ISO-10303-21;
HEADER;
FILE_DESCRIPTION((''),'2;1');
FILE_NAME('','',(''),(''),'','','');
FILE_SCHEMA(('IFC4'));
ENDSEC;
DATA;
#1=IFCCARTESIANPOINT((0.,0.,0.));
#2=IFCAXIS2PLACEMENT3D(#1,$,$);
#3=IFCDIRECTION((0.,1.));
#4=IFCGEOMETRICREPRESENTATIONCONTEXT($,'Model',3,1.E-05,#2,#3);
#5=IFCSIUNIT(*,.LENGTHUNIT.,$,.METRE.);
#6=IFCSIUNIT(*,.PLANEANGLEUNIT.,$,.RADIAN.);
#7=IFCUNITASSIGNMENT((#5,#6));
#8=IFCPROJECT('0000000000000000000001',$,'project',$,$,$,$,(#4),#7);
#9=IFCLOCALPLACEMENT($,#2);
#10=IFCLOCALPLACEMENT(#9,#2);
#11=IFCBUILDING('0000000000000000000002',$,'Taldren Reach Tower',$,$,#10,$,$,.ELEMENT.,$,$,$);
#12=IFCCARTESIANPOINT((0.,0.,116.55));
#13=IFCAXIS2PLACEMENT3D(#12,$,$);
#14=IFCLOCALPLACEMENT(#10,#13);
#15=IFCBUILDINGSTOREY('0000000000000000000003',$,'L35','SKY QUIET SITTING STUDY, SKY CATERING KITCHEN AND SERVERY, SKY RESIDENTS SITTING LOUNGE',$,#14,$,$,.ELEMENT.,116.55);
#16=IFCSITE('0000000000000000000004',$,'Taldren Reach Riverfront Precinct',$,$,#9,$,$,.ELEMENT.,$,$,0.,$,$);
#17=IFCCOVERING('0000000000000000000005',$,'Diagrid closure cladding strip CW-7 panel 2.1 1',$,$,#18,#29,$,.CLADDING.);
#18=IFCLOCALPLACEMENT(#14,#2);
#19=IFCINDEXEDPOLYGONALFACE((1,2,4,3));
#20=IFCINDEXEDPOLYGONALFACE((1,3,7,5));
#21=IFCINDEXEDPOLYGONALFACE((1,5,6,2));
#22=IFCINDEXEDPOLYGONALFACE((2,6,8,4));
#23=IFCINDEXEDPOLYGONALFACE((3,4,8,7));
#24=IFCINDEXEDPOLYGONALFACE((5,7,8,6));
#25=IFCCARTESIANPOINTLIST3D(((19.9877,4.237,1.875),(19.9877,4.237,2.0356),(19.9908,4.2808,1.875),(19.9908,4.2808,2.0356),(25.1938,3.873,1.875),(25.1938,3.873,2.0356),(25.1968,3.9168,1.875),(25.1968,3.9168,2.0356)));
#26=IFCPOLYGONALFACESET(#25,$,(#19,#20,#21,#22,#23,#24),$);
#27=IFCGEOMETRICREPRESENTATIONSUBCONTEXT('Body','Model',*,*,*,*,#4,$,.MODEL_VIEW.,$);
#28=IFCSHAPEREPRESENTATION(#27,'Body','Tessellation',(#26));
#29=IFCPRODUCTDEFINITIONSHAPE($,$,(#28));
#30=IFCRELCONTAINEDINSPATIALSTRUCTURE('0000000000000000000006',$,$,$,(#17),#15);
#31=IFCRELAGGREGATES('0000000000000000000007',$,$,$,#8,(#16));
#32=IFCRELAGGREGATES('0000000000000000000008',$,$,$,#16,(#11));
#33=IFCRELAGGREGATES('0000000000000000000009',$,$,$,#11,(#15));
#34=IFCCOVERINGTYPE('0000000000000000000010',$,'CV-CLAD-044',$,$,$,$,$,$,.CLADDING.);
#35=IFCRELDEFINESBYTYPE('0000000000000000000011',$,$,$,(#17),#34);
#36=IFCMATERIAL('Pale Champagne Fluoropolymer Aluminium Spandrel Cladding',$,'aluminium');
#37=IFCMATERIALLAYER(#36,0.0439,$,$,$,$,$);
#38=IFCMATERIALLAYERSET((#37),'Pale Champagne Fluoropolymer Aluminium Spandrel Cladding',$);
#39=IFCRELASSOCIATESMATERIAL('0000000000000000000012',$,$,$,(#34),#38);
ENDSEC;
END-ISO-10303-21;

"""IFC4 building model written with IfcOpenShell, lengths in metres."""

from ifc_helpers import new_model, si_unit, direction, frame, origin, origin_2d, place, context, subcontext, project, spatial, rectangle, extrude, source, transform, mapped, material, layer, layer_set, type_object, element, save


model = new_model("IFC4")

# Units and contexts
model_context = context("Model", 3, precision=1e-05, world=origin(), true_north=direction((0.0, 1.0)))
body_context = subcontext(model_context, "Body", "Model", "MODEL_VIEW")
ifc_project = project(units=[si_unit("LENGTHUNIT", "METRE"), si_unit("PLANEANGLEUNIT", "RADIAN")], contexts=[model_context])

# Site, building, storey
site_placement = place(None, origin())
site = spatial("IfcSite", under=ifc_project, at=site_placement, Name="Taldren Reach Riverfront Precinct", CompositionType="ELEMENT", RefElevation=0.0)
building_placement = place(site_placement, origin())
building = spatial("IfcBuilding", under=site, at=building_placement, Name="Taldren Reach Tower", CompositionType="ELEMENT")
storey_placement = place(building_placement, frame((0.0, 0.0, 116.55)))
storey = spatial("IfcBuildingStorey", under=building, at=storey_placement, Name="L35", Description="SKY QUIET SITTING STUDY, SKY CATERING KITCHEN AND SERVERY, SKY RESIDENTS SITTING LOUNGE", CompositionType="ELEMENT", Elevation=116.55)

# Covering
ifc_material_1 = material(Name="Pale Champagne Fluoropolymer Aluminium Spandrel Cladding", Category="aluminium")
ifc_layer_1 = layer(ifc_material_1, 0.0439)
ifc_layer_set_1 = layer_set([ifc_layer_1], Name="Pale Champagne Fluoropolymer Aluminium Spandrel Cladding")
covering_type_1 = type_object("IfcCoveringType", Name="CV-CLAD-044", PredefinedType="CLADDING", material=ifc_layer_set_1)
shared_shape_1 = source(origin(), body_context, "Body", "SweptSolid", [
    extrude(rectangle(XDim=5.2188, YDim=0.0439, at=origin_2d()), origin(), (0.0, 0.0, 1.0), 0.1606),
])
covering_1_placement = place(storey_placement, frame((22.5923, 4.0769, 1.875), z_axis=(0.0, 0.0, 1.0), x_axis=(0.997564, -0.069757, 0.0)))
element("IfcCovering", 1, at=covering_1_placement, inside=storey, type_object=covering_type_1, Name="Diagrid closure cladding strip CW-7 panel 2.1 1", PredefinedType="CLADDING", context=body_context, shape_type="MappedRepresentation", body=[
    mapped(shared_shape_1, transform((0.0, 0.0, 0.0), scale=1.0)),
])

save(model, "model.ifc")
